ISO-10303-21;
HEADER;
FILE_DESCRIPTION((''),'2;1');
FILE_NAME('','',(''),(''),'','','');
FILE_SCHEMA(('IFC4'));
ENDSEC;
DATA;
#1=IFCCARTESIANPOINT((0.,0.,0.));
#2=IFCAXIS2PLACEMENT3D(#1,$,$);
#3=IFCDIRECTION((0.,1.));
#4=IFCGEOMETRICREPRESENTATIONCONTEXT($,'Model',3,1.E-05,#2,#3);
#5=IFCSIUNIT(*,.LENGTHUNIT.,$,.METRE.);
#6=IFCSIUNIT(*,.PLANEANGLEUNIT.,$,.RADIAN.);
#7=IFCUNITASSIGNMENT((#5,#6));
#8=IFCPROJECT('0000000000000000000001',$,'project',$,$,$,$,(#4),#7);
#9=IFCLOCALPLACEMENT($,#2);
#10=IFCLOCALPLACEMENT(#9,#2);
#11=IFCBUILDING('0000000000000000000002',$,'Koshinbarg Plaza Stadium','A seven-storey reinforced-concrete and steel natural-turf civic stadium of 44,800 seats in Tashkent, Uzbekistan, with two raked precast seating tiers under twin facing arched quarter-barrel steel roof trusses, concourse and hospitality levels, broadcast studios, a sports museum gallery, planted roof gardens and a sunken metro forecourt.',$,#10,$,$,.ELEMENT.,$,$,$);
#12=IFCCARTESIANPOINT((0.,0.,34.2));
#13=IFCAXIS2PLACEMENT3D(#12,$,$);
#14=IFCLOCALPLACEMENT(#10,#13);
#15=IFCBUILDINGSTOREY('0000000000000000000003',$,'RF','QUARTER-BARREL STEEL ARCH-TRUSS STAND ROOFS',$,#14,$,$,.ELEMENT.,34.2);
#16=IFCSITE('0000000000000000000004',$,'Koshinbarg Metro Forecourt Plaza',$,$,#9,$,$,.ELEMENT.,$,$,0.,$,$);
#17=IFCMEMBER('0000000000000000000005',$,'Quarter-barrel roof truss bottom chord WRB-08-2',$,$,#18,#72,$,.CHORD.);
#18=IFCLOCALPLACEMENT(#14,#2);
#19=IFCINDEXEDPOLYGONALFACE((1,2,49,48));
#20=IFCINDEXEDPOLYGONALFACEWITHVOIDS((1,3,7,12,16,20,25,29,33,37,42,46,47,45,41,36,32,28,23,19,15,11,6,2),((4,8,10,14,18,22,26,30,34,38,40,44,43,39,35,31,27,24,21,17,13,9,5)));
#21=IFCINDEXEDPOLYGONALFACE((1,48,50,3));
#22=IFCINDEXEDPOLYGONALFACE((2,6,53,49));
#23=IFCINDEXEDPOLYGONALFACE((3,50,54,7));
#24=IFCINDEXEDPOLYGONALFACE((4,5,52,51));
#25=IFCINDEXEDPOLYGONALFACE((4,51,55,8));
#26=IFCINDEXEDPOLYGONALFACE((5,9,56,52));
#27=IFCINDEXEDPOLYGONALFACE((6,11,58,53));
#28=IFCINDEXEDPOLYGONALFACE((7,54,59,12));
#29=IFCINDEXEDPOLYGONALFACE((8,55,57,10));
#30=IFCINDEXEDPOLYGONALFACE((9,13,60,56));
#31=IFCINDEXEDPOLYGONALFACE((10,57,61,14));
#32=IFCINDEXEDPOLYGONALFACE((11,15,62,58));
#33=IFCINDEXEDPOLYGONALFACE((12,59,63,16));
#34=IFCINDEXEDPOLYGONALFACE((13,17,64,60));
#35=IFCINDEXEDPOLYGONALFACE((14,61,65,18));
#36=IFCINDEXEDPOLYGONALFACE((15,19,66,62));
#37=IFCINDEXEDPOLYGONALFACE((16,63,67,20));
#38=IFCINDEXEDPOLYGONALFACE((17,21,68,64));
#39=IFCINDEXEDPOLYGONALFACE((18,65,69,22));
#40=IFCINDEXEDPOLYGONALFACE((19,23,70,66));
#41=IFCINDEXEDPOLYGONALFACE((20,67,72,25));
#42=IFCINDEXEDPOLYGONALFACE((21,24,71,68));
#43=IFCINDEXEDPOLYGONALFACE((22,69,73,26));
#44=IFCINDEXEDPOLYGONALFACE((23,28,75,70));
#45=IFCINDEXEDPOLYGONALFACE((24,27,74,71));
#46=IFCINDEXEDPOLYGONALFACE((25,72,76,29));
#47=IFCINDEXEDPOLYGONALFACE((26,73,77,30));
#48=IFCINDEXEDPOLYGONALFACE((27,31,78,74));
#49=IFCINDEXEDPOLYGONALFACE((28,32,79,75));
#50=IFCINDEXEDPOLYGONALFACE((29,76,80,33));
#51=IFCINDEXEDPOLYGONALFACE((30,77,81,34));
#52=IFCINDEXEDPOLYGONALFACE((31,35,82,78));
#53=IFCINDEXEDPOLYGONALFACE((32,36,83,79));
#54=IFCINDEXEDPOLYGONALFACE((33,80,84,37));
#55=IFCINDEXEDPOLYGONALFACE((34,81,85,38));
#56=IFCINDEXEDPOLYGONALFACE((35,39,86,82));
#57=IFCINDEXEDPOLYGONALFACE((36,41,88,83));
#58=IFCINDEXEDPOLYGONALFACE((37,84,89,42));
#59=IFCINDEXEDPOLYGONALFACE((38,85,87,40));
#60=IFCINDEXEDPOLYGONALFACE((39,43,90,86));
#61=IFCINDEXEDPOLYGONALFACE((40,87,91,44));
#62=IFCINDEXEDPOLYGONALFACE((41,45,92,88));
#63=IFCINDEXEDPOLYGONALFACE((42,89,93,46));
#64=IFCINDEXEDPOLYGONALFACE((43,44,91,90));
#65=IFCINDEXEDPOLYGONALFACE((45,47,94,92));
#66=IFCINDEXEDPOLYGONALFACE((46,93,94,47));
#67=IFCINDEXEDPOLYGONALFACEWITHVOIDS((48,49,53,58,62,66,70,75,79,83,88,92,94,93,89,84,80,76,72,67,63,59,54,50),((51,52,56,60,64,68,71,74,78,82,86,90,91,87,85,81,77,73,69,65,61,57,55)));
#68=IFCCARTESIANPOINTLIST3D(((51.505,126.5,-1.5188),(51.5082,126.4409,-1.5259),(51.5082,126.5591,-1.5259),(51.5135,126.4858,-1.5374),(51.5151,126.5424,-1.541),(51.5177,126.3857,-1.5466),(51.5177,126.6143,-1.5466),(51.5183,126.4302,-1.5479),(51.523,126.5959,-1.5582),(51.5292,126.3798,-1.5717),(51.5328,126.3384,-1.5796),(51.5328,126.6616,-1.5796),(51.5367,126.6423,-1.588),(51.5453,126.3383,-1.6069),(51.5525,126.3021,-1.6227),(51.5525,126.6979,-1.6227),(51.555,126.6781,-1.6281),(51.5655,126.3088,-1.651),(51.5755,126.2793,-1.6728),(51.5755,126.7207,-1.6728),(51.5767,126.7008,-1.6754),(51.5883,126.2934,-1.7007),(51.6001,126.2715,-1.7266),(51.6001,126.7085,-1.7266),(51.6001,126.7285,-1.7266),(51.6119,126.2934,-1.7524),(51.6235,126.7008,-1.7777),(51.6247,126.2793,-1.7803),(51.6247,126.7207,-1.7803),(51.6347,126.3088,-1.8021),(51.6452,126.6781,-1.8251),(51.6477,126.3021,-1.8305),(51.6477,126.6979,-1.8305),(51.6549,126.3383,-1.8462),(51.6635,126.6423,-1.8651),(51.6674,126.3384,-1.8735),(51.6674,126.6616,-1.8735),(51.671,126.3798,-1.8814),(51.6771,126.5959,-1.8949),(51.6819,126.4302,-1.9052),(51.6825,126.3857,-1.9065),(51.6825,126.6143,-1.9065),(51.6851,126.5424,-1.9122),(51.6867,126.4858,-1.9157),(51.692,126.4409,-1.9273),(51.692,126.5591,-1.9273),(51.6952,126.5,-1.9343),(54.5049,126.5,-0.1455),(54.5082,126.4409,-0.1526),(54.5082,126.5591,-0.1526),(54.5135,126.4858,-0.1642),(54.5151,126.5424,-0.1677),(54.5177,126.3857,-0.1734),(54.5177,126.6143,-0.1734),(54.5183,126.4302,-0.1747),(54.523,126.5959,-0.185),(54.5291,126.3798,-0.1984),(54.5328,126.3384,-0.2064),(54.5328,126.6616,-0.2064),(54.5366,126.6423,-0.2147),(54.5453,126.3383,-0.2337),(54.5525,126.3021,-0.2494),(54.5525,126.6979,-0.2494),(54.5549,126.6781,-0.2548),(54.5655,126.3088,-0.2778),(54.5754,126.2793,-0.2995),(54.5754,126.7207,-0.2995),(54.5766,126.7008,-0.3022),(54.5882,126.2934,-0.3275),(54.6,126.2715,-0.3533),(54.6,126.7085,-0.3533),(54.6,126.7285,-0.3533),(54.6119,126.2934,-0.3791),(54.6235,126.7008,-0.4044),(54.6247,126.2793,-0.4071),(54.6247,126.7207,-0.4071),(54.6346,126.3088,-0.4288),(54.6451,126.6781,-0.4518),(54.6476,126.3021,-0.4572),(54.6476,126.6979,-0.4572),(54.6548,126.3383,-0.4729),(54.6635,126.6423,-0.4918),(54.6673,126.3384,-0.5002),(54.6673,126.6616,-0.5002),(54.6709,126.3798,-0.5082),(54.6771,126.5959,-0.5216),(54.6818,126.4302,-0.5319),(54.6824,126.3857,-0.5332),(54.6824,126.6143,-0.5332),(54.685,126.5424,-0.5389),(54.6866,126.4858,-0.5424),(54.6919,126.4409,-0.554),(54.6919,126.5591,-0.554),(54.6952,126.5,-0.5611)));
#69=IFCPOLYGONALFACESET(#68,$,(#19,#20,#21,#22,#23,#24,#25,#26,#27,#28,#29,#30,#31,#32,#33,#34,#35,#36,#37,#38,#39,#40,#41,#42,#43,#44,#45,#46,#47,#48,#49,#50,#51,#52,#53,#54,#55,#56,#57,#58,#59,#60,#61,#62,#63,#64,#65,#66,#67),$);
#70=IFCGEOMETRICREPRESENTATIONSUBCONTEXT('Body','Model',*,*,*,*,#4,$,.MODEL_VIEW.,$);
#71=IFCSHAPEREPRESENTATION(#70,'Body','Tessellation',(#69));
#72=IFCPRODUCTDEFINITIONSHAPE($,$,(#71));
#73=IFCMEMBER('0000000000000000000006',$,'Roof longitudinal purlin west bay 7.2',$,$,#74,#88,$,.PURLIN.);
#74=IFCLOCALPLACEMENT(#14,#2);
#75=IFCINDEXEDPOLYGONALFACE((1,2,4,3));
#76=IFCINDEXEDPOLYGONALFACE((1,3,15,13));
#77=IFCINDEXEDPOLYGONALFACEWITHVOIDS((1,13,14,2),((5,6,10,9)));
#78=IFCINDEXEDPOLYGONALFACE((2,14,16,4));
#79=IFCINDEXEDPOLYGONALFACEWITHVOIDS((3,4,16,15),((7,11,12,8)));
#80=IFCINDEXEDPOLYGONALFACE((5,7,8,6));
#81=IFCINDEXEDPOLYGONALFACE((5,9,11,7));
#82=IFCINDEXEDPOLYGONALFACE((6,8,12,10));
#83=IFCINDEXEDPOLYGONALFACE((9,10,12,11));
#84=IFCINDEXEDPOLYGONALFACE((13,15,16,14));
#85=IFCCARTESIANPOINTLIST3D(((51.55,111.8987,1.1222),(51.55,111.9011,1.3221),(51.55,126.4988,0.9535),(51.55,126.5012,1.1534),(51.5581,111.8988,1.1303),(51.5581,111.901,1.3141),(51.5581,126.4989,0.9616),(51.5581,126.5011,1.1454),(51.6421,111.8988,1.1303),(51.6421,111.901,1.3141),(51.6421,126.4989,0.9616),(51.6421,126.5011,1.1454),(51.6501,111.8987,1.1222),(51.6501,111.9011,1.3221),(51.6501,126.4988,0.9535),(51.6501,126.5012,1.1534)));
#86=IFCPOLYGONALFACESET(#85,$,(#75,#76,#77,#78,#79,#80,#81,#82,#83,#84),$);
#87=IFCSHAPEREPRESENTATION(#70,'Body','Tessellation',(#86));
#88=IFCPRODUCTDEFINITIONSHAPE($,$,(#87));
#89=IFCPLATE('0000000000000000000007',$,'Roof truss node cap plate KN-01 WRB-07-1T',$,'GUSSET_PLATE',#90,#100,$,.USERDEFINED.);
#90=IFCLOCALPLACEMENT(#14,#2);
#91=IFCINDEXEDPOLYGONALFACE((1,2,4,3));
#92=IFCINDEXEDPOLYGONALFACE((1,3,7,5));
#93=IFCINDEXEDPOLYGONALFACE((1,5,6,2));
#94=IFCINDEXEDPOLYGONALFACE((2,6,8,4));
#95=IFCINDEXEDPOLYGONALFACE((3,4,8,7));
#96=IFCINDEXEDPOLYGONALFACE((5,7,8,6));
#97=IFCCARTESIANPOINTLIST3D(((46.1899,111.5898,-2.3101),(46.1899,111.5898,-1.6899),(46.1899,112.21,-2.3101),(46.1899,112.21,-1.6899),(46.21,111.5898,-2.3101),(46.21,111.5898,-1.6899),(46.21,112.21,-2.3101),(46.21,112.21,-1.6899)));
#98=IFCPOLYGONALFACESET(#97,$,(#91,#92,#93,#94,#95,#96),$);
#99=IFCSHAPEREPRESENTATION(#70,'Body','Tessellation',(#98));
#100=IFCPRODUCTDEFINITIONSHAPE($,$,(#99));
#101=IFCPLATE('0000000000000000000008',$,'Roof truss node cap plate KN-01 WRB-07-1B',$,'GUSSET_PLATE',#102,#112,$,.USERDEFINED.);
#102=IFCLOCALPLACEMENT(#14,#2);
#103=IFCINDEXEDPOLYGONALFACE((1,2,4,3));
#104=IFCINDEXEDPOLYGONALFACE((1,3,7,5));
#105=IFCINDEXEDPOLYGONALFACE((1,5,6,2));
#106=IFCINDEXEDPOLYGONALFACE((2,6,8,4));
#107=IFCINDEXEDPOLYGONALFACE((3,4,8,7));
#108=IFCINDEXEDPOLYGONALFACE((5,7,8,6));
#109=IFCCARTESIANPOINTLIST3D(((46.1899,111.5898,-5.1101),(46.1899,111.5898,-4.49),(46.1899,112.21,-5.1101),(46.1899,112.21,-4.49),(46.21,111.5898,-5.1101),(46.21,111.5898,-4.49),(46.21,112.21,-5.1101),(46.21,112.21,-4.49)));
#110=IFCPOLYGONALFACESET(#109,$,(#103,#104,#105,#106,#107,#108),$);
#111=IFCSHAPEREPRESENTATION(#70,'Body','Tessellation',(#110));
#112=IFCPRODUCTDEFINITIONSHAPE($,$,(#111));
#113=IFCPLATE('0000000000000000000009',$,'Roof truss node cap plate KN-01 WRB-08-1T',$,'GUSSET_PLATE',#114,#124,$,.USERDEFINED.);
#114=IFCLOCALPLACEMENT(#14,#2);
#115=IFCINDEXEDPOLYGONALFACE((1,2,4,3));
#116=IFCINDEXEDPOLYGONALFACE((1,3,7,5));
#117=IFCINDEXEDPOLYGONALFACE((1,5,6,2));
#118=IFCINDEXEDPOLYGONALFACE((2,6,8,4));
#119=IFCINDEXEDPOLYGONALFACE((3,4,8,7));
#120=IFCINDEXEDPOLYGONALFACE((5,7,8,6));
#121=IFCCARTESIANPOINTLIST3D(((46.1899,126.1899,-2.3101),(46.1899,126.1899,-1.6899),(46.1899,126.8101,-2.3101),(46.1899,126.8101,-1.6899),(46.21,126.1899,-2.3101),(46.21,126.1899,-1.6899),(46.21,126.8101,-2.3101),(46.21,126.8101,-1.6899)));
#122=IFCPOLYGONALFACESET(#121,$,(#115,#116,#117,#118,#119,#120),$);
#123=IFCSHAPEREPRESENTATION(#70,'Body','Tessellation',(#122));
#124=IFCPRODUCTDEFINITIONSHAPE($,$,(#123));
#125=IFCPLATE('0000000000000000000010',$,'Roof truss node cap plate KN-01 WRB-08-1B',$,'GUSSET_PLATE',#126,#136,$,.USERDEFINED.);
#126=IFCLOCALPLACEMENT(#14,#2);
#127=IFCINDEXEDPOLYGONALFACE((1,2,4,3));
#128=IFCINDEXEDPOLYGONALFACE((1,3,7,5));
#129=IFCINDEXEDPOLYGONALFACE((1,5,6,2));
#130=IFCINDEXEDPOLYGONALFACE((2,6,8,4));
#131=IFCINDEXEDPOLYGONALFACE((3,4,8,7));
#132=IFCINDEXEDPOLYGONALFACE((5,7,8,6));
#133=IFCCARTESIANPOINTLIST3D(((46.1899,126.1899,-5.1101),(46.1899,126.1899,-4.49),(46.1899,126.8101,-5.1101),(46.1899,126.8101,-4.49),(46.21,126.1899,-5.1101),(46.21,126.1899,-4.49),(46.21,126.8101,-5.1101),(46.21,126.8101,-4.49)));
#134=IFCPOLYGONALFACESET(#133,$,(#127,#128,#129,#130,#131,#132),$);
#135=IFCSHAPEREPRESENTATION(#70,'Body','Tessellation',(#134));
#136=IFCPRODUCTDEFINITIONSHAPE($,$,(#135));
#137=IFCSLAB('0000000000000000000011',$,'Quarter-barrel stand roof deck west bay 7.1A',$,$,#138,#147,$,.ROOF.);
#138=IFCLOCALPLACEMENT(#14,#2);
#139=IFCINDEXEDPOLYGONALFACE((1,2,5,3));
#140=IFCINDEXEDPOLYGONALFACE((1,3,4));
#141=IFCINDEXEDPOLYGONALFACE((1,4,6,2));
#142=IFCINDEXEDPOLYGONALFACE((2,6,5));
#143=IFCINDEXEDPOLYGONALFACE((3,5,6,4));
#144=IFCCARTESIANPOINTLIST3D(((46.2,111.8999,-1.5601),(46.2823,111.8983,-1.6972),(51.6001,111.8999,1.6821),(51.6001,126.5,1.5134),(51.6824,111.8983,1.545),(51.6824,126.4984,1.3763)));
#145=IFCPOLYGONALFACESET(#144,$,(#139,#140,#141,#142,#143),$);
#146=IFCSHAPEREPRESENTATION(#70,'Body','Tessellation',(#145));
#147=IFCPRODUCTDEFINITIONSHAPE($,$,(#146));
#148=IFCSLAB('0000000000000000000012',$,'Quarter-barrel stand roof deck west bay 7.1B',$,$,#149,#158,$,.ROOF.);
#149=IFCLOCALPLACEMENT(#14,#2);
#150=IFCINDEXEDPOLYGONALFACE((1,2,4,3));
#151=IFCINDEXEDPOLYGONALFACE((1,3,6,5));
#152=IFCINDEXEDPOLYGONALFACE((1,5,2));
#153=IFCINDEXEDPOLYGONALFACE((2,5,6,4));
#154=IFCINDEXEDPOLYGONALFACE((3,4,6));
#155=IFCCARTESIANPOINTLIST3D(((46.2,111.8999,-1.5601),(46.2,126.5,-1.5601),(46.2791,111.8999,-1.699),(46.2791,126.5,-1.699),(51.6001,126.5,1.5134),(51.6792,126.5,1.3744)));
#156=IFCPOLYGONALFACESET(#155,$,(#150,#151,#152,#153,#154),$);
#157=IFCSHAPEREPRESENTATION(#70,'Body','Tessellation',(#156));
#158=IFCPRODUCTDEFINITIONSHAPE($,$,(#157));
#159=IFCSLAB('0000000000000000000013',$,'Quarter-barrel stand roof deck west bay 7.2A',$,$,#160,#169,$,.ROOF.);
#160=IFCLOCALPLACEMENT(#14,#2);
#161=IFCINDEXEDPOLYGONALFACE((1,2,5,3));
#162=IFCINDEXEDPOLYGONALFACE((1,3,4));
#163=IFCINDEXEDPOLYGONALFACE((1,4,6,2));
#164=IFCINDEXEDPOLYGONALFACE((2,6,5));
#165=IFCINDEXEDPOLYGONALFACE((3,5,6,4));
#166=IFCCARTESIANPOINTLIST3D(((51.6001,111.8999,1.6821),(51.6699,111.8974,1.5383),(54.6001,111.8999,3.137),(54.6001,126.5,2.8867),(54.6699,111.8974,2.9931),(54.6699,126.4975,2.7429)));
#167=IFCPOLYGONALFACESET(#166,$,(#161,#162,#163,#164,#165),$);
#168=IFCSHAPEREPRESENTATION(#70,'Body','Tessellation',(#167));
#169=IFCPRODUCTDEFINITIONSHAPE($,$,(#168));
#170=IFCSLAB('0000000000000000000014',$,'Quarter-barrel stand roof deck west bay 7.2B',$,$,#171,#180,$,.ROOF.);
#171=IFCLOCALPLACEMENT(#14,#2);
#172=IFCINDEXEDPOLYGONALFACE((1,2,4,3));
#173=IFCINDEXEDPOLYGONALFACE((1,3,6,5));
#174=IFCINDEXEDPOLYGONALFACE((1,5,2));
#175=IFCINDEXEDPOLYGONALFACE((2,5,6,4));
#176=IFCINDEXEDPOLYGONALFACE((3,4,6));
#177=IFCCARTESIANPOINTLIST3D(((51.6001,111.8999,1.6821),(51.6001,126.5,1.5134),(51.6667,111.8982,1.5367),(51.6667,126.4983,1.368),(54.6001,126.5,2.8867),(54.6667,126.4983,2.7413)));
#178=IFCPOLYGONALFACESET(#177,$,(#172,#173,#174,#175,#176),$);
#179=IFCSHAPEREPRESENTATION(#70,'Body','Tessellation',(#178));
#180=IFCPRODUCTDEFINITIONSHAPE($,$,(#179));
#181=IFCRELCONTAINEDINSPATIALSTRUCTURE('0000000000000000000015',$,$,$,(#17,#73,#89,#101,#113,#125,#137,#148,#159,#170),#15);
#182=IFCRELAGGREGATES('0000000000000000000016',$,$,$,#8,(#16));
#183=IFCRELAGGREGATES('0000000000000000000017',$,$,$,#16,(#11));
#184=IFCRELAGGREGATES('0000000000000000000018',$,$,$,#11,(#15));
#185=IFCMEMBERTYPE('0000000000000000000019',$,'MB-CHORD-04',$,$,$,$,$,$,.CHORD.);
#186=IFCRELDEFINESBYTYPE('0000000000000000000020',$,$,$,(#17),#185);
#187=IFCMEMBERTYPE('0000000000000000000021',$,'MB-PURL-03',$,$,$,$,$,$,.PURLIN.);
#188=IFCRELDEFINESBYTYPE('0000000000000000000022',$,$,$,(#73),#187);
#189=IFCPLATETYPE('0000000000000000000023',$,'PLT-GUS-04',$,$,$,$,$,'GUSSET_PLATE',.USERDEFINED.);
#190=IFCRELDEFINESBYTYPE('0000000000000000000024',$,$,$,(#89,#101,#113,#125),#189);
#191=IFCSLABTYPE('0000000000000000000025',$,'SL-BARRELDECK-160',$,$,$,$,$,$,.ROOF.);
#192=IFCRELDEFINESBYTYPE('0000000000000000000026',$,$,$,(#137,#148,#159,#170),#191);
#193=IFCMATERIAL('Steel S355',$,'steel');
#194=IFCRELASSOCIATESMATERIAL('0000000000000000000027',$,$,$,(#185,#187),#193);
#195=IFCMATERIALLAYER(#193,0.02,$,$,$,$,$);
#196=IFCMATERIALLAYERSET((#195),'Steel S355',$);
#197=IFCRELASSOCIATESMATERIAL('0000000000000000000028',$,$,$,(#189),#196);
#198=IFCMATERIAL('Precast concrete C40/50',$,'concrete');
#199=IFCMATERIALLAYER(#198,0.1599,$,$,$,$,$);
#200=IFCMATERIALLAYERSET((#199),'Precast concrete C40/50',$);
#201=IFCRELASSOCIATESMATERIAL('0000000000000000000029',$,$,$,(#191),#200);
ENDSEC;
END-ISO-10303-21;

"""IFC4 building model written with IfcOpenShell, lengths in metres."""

from ifc_helpers import new_model, si_unit, direction, frame, origin, origin_2d, place, context, subcontext, project, spatial, polyline, rectangle, hollow_rectangle, hollow_circle, outline, extrude, material, layer, layer_set, material_profile, profile_set, type_object, element, save


model = new_model("IFC4")

# Units and contexts
model_context = context("Model", 3, precision=1e-05, world=origin(), true_north=direction((0.0, 1.0)))
body_context = subcontext(model_context, "Body", "Model", "MODEL_VIEW")
ifc_project = project(units=[si_unit("LENGTHUNIT", "METRE"), si_unit("PLANEANGLEUNIT", "RADIAN")], contexts=[model_context])

# Site, building, storey
site_placement = place(None, origin())
site = spatial("IfcSite", under=ifc_project, at=site_placement, Name="Koshinbarg Metro Forecourt Plaza", CompositionType="ELEMENT", RefElevation=0.0)
building_placement = place(site_placement, origin())
building = spatial("IfcBuilding", under=site, at=building_placement, Name="Koshinbarg Plaza Stadium", Description="A seven-storey reinforced-concrete and steel natural-turf civic stadium of 44,800 seats in Tashkent, Uzbekistan, with two raked precast seating tiers under twin facing arched quarter-barrel steel roof trusses, concourse and hospitality levels, broadcast studios, a sports museum gallery, planted roof gardens and a sunken metro forecourt.", CompositionType="ELEMENT")
storey_placement = place(building_placement, frame((0.0, 0.0, 34.2)))
storey = spatial("IfcBuildingStorey", under=building, at=storey_placement, Name="RF", Description="QUARTER-BARREL STEEL ARCH-TRUSS STAND ROOFS", CompositionType="ELEMENT", Elevation=34.2)

# Shared definitions
ifc_material_1 = material(Name="Steel S355", Category="steel")

# Members
ifc_material_profile_1 = material_profile(ifc_material_1, hollow_circle(Radius=0.2285, WallThickness=0.02, at=origin_2d()), Name="CHS 457x20")
ifc_profile_set_1 = profile_set([ifc_material_profile_1], Name="Steel S355")
member_type_1 = type_object("IfcMemberType", Name="MB-CHORD-04", PredefinedType="CHORD", material=ifc_profile_set_1)
member_1_placement = place(storey_placement, frame((51.6001, 126.5, -1.7266), z_axis=(0.909261, 0.0, 0.416227), x_axis=(0.0, 1.0, 0.0)))
element("IfcMember", 1, at=member_1_placement, inside=storey, type_object=member_type_1, Name="Quarter-barrel roof truss bottom chord WRB-08-2", PredefinedType="CHORD", context=body_context, shape_type="SweptSolid", body=[
    extrude(hollow_circle(Radius=0.2285, WallThickness=0.02, at=origin_2d()), origin(), (0.0, 0.0, 1.0), 3.2993),
])
ifc_material_profile_2 = material_profile(ifc_material_1, hollow_rectangle(XDim=0.1001, YDim=0.2, WallThickness=0.0081, at=origin_2d()), Name="RHS 200x100x8")
ifc_profile_set_2 = profile_set([ifc_material_profile_2], Name="Steel S355")
member_type_2 = type_object("IfcMemberType", Name="MB-PURL-03", PredefinedType="PURLIN", material=ifc_profile_set_2)
member_2_placement = place(storey_placement, frame((51.6001, 111.8999, 1.2222), z_axis=(0.0, 0.999933, -0.011554), x_axis=(-1.0, 0.0, 0.0)))
element("IfcMember", 2, at=member_2_placement, inside=storey, type_object=member_type_2, Name="Roof longitudinal purlin west bay 7.2", PredefinedType="PURLIN", context=body_context, shape_type="SweptSolid", body=[
    extrude(hollow_rectangle(XDim=0.1001, YDim=0.2, WallThickness=0.0081, at=origin_2d()), origin(), (0.0, 0.0, 1.0), 14.6011),
])

# Plates
ifc_layer_1 = layer(ifc_material_1, 0.02)
ifc_layer_set_1 = layer_set([ifc_layer_1], Name="Steel S355")
plate_type = type_object("IfcPlateType", Name="PLT-GUS-04", ElementType="GUSSET_PLATE", PredefinedType="USERDEFINED", material=ifc_layer_set_1)
for number, where, z_axis, x_axis, name in (
    (3, (46.2, 111.8999, -2.3101), (0.0, 0.0, 1.0), (1.0, 0.0, 0.0), "Roof truss node cap plate KN-01 WRB-07-1T"),
    (4, (46.2, 111.8999, -5.1101), (0.0, 0.0, 1.0), (1.0, 0.0, 0.0), "Roof truss node cap plate KN-01 WRB-07-1B"),
    (5, (46.2, 126.5, -2.3101), (0.0, 0.0, 1.0), (1.0, 0.0, 0.0), "Roof truss node cap plate KN-01 WRB-08-1T"),
    (6, (46.2, 126.5, -5.1101), (0.0, 0.0, 1.0), (1.0, 0.0, 0.0), "Roof truss node cap plate KN-01 WRB-08-1B"),
):
    element("IfcPlate", number, at=place(storey_placement, frame(where, z_axis=z_axis, x_axis=x_axis)), inside=storey, type_object=plate_type, Name=name, ObjectType="GUSSET_PLATE", PredefinedType="USERDEFINED", context=body_context, shape_type="SweptSolid", body=[
        extrude(rectangle(XDim=0.02, YDim=0.6201, at=origin_2d()), origin(), (0.0, 0.0, 1.0), 0.6201),
    ])

# Slabs
ifc_material_2 = material(Name="Precast concrete C40/50", Category="concrete")
ifc_layer_2 = layer(ifc_material_2, 0.1599)
ifc_layer_set_2 = layer_set([ifc_layer_2], Name="Precast concrete C40/50")
slab_type = type_object("IfcSlabType", Name="SL-BARRELDECK-160", PredefinedType="ROOF", material=ifc_layer_set_2)
slab_1_placement = place(storey_placement, frame((46.2, 111.8999, -1.5601), z_axis=(-0.514716, 0.009906, 0.857304), x_axis=(0.857346, 0.0, 0.514741)))
element("IfcSlab", 7, at=slab_1_placement, inside=storey, type_object=slab_type, Name="Quarter-barrel stand roof deck west bay 7.1A", PredefinedType="ROOF", context=body_context, shape_type="SweptSolid", body=[
    extrude(outline(polyline([(0.0, 0.0), (6.2987, 0.0), (6.2118, 14.6008), (0.0, 0.0)])), origin(), (0.0, 0.0, -1.0), 0.1599),
])
slab_2_placement = place(storey_placement, frame((46.2, 111.8999, -1.5601), z_axis=(-0.494645, 0.0, 0.869095), x_axis=(0.340332, 0.920138, 0.1937)))
element("IfcSlab", 8, at=slab_2_placement, inside=storey, type_object=slab_type, Name="Quarter-barrel stand roof deck west bay 7.1B", PredefinedType="ROOF", context=body_context, shape_type="SweptSolid", body=[
    extrude(outline(polyline([(0.0, 0.0), (15.8673, 0.0), (13.4341, 5.7173), (0.0, 0.0)])), origin(), (0.0, 0.0, -1.0), 0.1599),
])
slab_3_placement = place(storey_placement, frame((51.6001, 111.8999, 1.6821), z_axis=(-0.436292, 0.01542, 0.899673), x_axis=(0.89978, 0.0, 0.436344)))
element("IfcSlab", 9, at=slab_3_placement, inside=storey, type_object=slab_type, Name="Quarter-barrel stand roof deck west bay 7.2A", PredefinedType="ROOF", context=body_context, shape_type="SweptSolid", body=[
    extrude(outline(polyline([(0.0, 0.0), (3.3341, 0.0), (3.225, 14.6018), (0.0, 0.0)])), origin(), (0.0, 0.0, -1.0), 0.1599),
])
slab_4_placement = place(storey_placement, frame((51.6001, 111.8999, 1.6821), z_axis=(-0.416204, 0.010506, 0.909211), x_axis=(0.200619, 0.976352, 0.080555)))
element("IfcSlab", 10, at=slab_4_placement, inside=storey, type_object=slab_type, Name="Quarter-barrel stand roof deck west bay 7.2B", PredefinedType="ROOF", context=body_context, shape_type="SweptSolid", body=[
    extrude(outline(polyline([(0.0, 0.0), (14.9537, 0.0), (14.2412, 3.2215), (0.0, 0.0)])), origin(), (0.0, 0.0, -1.0), 0.1599),
])

save(model, "model.ifc")
